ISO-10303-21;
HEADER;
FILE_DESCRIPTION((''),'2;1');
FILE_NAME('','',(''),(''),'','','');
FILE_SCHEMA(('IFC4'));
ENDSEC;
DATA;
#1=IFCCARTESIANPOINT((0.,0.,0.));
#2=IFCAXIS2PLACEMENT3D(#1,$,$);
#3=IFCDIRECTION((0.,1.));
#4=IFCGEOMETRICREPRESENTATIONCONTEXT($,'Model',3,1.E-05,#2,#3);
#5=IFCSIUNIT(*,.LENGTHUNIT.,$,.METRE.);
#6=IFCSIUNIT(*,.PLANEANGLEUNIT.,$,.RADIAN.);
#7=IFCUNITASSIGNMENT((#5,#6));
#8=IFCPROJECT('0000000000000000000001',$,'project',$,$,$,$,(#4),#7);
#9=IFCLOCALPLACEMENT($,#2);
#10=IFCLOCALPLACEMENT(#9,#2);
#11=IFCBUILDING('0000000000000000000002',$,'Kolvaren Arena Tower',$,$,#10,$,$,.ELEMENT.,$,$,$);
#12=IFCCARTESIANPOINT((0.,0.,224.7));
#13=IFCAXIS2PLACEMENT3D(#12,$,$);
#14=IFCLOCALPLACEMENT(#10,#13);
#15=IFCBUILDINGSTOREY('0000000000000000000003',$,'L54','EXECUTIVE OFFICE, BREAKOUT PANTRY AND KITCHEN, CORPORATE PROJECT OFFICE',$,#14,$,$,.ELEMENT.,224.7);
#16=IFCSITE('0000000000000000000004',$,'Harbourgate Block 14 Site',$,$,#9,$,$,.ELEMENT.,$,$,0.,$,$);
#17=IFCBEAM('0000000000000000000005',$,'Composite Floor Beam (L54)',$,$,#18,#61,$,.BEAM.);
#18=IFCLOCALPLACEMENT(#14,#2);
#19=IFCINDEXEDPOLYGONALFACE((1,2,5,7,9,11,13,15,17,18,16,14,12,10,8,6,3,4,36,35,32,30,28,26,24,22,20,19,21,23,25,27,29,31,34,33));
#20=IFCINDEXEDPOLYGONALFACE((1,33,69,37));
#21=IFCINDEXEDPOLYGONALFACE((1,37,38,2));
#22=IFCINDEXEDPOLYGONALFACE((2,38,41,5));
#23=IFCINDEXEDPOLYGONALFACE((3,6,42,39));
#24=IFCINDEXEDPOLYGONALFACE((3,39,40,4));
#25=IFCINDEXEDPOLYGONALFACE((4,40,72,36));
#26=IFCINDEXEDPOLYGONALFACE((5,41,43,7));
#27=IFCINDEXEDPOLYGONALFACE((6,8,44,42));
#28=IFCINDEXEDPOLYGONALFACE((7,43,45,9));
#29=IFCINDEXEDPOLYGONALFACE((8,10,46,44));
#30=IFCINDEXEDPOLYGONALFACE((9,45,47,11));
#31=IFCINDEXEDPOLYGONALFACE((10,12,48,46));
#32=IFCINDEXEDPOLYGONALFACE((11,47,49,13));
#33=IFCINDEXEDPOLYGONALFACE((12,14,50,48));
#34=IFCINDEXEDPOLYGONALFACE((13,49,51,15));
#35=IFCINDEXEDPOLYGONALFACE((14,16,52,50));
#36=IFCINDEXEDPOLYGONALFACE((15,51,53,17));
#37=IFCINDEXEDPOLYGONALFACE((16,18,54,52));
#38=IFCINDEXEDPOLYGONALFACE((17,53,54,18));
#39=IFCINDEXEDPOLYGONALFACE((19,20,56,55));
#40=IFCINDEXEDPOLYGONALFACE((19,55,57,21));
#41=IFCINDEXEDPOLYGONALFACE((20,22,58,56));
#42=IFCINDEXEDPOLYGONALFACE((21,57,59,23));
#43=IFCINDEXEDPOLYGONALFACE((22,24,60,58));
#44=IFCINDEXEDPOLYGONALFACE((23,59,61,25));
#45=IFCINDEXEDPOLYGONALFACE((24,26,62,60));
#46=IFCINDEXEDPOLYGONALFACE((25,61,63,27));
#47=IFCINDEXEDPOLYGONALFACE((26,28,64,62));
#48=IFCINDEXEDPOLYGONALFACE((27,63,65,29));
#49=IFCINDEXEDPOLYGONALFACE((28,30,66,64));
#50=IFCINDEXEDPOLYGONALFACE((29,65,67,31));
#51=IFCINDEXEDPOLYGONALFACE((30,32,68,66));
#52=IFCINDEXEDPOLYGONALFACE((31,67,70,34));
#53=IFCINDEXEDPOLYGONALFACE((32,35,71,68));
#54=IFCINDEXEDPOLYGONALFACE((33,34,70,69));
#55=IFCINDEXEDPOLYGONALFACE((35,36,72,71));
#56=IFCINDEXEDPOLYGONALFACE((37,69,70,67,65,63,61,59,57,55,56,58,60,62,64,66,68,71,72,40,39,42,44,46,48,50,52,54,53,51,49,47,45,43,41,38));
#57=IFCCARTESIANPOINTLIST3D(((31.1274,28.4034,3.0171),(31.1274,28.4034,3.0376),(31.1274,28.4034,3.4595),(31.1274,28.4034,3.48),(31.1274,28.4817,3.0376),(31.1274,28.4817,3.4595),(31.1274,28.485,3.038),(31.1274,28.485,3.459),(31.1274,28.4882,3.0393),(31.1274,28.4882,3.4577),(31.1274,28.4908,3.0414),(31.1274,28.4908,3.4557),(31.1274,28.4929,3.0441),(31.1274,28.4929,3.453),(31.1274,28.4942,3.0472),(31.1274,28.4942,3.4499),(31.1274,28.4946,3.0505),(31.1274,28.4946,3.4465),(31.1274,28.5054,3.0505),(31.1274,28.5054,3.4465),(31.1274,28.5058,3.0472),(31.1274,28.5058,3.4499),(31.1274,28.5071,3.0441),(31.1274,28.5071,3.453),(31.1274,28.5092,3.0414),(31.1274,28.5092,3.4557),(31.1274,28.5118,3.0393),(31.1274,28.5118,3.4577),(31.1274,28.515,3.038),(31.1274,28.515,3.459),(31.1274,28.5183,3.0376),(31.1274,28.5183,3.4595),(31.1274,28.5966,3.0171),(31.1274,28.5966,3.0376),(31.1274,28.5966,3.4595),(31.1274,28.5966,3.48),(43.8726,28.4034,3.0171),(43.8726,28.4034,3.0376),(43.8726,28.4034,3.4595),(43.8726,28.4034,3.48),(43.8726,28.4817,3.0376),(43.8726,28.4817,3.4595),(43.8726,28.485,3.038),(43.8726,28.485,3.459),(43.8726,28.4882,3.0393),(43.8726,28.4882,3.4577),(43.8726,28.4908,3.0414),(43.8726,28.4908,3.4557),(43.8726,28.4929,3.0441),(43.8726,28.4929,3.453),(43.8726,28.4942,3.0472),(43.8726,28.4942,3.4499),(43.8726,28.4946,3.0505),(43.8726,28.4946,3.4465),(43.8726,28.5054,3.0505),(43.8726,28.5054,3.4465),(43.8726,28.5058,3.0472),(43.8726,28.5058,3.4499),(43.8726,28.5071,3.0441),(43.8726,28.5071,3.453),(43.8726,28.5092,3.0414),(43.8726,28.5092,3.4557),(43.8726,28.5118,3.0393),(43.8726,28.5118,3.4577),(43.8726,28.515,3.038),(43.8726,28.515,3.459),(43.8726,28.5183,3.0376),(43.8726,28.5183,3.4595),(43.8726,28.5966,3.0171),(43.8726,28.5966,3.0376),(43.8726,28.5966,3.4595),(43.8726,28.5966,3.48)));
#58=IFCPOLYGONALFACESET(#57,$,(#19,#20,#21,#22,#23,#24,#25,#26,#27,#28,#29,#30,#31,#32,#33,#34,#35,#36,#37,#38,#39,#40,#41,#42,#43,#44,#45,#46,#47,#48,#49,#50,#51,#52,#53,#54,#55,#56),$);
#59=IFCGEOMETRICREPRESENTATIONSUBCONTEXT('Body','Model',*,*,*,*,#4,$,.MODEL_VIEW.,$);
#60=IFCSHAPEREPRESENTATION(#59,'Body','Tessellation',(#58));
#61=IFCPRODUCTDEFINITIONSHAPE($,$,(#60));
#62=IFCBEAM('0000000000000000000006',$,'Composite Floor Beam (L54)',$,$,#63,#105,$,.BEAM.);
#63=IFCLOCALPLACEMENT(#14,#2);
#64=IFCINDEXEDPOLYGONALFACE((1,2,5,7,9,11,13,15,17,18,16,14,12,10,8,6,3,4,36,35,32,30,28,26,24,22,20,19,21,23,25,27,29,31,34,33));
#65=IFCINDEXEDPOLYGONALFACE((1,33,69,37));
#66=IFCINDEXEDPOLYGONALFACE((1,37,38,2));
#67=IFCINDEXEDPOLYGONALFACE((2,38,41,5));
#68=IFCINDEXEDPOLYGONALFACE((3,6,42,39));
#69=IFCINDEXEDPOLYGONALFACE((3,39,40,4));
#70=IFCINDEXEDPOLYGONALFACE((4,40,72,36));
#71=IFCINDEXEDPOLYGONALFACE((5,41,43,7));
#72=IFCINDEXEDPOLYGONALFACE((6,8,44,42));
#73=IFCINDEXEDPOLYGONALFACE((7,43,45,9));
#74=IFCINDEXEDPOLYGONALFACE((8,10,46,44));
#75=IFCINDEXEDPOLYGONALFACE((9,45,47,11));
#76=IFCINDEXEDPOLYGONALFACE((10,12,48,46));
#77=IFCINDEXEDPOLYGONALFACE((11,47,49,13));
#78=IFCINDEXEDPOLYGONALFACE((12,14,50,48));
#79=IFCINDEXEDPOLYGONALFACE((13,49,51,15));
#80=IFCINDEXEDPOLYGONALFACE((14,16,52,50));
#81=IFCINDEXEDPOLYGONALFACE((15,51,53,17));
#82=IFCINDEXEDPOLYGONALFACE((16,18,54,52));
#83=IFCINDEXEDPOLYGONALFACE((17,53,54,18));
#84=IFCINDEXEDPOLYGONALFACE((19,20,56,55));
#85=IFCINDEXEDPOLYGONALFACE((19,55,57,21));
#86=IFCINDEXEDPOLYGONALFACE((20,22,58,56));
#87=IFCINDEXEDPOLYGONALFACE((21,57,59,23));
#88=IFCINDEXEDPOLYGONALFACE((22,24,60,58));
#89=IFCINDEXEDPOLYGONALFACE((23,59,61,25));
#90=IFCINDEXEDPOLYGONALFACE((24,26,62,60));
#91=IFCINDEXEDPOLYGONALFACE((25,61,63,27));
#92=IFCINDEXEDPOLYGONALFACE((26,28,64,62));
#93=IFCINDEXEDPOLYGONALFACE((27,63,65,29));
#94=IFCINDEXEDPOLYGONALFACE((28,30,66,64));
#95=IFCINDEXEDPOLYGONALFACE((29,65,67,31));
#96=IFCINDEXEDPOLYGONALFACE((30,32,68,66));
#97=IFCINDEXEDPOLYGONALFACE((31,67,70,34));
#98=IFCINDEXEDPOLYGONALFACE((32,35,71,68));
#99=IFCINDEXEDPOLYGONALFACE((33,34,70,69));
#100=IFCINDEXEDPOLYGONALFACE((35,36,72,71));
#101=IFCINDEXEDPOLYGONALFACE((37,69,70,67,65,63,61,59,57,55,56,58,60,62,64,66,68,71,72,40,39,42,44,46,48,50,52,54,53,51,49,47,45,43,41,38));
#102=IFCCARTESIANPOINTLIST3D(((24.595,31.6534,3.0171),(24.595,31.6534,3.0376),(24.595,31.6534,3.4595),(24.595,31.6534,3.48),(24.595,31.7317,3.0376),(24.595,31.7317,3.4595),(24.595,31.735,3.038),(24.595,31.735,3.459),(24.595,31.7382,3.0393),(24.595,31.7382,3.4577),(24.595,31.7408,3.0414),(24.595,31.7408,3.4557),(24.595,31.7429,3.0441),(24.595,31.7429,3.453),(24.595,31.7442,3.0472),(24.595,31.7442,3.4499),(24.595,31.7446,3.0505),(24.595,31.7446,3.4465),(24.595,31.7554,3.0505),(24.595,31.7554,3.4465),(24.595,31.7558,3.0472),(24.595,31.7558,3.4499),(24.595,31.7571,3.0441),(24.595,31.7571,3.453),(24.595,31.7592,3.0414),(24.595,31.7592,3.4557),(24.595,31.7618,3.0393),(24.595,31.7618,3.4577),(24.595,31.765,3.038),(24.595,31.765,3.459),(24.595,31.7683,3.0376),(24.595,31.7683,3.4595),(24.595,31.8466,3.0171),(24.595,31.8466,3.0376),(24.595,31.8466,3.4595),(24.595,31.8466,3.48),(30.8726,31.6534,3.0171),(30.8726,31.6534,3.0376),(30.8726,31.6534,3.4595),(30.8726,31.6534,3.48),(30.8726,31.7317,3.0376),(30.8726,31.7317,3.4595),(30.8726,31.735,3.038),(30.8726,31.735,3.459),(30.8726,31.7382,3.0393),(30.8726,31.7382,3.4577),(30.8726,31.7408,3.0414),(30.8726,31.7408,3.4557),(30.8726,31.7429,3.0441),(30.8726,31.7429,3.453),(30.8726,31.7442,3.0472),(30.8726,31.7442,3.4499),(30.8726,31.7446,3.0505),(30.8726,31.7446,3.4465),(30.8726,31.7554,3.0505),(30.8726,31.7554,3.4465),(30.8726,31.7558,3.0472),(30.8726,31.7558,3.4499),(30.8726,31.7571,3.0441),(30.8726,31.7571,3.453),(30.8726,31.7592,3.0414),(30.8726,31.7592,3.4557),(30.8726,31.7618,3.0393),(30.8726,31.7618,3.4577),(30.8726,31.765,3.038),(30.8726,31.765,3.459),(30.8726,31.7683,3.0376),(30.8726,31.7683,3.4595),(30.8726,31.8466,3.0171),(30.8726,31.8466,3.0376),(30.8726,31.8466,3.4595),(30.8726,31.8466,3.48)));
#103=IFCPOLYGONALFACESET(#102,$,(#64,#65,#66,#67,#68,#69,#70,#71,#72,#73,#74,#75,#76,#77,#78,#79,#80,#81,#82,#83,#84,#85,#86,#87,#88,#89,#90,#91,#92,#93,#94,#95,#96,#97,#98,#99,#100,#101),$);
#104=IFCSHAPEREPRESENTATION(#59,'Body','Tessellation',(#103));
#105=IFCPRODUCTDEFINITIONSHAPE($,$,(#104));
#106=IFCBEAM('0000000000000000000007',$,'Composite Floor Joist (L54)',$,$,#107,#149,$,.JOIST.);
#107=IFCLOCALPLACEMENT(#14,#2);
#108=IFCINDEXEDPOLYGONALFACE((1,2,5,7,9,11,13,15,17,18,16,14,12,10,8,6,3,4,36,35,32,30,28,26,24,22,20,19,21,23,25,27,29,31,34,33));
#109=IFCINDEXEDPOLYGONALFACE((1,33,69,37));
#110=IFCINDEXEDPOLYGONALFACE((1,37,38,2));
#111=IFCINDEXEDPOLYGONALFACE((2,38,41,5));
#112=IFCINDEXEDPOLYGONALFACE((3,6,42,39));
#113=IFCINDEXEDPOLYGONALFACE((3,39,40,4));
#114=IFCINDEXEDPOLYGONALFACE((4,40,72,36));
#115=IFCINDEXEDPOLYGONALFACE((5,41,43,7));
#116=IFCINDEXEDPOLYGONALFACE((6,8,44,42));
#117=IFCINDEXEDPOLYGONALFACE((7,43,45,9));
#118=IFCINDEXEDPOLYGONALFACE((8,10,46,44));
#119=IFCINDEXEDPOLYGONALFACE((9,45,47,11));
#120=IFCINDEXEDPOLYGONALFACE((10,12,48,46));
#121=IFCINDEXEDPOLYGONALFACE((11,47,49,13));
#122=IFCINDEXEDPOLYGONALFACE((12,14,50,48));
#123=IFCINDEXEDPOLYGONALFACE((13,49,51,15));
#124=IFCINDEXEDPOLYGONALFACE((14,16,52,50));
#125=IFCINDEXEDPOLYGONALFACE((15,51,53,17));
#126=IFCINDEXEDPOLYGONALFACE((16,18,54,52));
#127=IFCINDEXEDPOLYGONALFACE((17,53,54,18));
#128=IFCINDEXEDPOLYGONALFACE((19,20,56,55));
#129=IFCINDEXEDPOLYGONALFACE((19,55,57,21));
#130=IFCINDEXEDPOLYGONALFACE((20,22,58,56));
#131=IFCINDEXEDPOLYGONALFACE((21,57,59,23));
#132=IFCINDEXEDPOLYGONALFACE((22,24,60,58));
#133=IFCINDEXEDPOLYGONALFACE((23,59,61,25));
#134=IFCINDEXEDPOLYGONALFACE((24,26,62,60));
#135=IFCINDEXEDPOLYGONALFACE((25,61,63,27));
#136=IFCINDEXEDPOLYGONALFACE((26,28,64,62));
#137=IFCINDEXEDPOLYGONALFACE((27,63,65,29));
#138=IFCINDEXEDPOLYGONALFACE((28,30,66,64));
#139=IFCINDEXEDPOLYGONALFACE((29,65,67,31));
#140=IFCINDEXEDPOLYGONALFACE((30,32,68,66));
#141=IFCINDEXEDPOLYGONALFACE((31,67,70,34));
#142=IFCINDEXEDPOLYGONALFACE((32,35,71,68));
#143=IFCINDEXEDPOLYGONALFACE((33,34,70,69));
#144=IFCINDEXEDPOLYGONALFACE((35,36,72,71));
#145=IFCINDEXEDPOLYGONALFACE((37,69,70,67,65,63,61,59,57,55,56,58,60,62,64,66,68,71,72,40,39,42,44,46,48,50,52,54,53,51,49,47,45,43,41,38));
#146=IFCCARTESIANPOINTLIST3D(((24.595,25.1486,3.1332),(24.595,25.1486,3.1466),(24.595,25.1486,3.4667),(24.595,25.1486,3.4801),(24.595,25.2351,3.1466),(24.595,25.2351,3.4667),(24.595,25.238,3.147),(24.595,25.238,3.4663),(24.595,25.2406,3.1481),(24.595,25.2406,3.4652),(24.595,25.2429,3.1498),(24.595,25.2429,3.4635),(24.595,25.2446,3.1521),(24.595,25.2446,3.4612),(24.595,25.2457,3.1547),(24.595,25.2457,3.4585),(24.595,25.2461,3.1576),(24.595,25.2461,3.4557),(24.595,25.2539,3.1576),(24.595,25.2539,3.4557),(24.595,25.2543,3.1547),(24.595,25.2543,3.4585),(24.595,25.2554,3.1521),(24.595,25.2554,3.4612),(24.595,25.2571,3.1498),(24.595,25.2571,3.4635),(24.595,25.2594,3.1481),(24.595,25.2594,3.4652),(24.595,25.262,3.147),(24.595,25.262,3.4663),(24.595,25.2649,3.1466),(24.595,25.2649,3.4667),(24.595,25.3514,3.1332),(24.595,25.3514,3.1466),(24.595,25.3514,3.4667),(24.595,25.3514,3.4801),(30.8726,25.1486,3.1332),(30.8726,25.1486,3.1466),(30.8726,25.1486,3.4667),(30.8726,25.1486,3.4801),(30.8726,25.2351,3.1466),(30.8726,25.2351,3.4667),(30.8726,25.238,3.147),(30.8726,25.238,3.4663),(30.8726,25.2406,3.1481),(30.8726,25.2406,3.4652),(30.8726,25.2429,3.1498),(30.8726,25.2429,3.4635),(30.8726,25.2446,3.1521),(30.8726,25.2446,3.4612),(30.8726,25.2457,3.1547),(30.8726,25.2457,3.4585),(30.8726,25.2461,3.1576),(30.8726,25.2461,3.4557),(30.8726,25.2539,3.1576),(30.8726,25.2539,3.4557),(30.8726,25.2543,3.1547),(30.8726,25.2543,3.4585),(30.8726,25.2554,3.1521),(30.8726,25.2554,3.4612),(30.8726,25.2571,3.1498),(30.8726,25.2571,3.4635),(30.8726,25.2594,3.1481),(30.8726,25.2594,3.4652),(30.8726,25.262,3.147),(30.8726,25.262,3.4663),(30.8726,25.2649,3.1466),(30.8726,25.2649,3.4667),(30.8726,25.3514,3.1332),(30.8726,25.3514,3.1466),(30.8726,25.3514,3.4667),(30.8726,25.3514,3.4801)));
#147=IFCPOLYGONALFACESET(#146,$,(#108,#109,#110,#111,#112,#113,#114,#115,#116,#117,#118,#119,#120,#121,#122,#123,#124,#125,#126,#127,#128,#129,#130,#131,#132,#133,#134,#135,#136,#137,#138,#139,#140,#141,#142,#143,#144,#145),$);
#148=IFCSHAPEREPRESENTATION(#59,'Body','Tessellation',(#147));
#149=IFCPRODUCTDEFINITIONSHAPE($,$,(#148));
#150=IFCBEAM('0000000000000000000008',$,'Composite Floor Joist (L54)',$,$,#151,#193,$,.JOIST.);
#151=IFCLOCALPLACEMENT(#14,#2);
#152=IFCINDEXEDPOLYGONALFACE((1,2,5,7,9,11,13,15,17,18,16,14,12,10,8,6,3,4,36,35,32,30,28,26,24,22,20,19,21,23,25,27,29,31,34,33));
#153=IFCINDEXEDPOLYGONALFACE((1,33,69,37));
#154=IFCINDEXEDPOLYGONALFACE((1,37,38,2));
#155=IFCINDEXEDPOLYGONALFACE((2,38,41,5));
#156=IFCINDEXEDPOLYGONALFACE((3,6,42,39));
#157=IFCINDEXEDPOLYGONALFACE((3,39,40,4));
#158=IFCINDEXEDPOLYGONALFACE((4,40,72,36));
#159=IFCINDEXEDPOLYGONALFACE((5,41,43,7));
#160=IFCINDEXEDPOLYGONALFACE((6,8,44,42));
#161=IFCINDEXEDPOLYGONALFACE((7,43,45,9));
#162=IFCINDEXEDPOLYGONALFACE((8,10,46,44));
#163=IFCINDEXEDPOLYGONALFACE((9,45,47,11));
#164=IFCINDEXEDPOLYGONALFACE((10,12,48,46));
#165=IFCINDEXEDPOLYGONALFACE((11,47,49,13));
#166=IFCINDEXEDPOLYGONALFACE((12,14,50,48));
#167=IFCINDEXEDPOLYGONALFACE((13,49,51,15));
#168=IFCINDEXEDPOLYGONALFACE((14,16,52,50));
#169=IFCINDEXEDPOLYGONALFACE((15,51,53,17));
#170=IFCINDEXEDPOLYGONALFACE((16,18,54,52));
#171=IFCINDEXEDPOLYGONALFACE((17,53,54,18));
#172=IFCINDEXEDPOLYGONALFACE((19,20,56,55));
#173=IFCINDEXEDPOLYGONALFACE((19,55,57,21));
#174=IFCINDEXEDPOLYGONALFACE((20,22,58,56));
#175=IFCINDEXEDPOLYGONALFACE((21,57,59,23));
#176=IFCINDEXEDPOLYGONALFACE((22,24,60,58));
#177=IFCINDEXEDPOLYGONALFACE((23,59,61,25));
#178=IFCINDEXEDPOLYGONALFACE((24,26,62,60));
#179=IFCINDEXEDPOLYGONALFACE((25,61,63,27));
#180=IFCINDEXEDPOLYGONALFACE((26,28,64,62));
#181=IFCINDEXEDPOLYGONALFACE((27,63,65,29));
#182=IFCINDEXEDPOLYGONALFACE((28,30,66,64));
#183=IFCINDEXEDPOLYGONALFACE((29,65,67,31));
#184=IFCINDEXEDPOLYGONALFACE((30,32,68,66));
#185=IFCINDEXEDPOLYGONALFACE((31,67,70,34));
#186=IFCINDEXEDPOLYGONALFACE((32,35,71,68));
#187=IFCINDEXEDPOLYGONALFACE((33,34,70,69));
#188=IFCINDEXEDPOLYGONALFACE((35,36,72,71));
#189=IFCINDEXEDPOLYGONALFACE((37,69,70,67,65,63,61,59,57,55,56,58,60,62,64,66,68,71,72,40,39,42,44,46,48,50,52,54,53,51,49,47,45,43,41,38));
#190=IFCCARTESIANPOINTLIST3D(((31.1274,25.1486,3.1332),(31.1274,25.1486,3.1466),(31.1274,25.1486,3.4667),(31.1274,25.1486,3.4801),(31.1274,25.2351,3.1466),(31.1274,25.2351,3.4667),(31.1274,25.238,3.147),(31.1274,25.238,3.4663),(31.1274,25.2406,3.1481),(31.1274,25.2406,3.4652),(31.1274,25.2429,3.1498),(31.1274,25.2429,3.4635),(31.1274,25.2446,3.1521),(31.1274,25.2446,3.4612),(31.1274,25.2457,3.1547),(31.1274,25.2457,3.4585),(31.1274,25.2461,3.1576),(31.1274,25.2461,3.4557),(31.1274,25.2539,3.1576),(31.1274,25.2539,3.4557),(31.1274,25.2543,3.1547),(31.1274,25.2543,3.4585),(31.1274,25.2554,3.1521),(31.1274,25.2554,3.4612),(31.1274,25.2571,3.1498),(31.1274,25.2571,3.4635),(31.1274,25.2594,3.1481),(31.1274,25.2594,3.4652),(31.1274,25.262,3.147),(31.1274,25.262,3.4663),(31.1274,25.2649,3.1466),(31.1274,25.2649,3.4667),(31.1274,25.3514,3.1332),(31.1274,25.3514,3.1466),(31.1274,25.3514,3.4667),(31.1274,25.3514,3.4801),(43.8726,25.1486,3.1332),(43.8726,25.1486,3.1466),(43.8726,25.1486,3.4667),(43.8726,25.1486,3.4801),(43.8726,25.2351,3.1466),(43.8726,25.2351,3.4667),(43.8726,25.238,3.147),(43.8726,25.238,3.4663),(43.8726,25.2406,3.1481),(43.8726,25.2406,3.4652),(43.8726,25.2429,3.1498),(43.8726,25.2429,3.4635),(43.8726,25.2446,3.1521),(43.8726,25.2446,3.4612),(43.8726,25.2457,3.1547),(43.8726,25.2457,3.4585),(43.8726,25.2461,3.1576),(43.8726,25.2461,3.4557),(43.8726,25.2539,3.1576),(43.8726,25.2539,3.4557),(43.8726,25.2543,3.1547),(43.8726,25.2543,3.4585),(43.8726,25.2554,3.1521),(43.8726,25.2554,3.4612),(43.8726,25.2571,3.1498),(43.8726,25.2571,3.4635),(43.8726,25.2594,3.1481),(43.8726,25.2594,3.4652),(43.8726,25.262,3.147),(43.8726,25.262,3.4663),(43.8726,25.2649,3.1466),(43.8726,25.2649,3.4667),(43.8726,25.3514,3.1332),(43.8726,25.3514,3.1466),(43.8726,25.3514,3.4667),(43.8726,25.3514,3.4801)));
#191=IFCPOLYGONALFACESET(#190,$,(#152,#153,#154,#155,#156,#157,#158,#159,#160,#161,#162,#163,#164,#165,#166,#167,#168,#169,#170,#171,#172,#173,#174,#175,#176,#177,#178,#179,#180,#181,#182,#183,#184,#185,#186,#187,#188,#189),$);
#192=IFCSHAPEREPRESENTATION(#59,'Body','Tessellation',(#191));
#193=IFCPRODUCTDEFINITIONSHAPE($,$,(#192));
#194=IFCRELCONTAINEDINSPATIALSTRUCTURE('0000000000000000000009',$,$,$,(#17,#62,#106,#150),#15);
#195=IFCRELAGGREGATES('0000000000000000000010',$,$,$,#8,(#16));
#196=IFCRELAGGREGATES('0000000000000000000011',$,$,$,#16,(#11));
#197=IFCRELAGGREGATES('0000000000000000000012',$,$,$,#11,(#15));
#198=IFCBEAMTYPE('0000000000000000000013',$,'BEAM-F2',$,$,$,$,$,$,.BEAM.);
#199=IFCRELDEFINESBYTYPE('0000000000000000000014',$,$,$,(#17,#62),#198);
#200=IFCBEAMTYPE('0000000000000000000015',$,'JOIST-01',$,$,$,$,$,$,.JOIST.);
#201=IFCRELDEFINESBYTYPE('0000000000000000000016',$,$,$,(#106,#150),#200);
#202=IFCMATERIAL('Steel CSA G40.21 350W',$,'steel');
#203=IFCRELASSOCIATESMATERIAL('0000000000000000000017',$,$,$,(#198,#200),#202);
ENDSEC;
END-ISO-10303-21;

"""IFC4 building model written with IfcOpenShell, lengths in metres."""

from ifc_helpers import new_model, si_unit, direction, frame, origin, origin_2d, place, context, subcontext, project, spatial, i_section, extrude, material, material_profile, profile_set, type_object, element, save


model = new_model("IFC4")

# Units and contexts
model_context = context("Model", 3, precision=1e-05, world=origin(), true_north=direction((0.0, 1.0)))
body_context = subcontext(model_context, "Body", "Model", "MODEL_VIEW")
ifc_project = project(units=[si_unit("LENGTHUNIT", "METRE"), si_unit("PLANEANGLEUNIT", "RADIAN")], contexts=[model_context])

# Site, building, storey
site_placement = place(None, origin())
site = spatial("IfcSite", under=ifc_project, at=site_placement, Name="Harbourgate Block 14 Site", CompositionType="ELEMENT", RefElevation=0.0)
building_placement = place(site_placement, origin())
building = spatial("IfcBuilding", under=site, at=building_placement, Name="Kolvaren Arena Tower", CompositionType="ELEMENT")
storey_placement = place(building_placement, frame((0.0, 0.0, 224.7)))
storey = spatial("IfcBuildingStorey", under=building, at=storey_placement, Name="L54", Description="EXECUTIVE OFFICE, BREAKOUT PANTRY AND KITCHEN, CORPORATE PROJECT OFFICE", CompositionType="ELEMENT", Elevation=224.7)

# Beams
ifc_material_1 = material(Name="Steel CSA G40.21 350W", Category="steel")
ifc_material_profile_1 = material_profile(ifc_material_1, i_section(OverallWidth=0.1931, OverallDepth=0.4629, WebThickness=0.0107, FlangeThickness=0.0205, FilletRadius=0.0129, at=origin_2d()), Name="W460x113")
ifc_profile_set_1 = profile_set([ifc_material_profile_1], Name="Steel CSA G40.21 350W")
beam_type_1 = type_object("IfcBeamType", Name="BEAM-F2", PredefinedType="BEAM", material=ifc_profile_set_1)
beam_1_placement = place(storey_placement, frame((31.1274, 28.5, 3.2485), z_axis=(1.0, 0.0, 0.0), x_axis=(0.0, 1.0, 0.0)))
element("IfcBeam", 1, at=beam_1_placement, inside=storey, type_object=beam_type_1, Name="Composite Floor Beam (L54)", PredefinedType="BEAM", context=body_context, shape_type="SweptSolid", body=[
    extrude(i_section(OverallWidth=0.1931, OverallDepth=0.4629, WebThickness=0.0107, FlangeThickness=0.0205, FilletRadius=0.0129, at=origin_2d()), origin(), (0.0, 0.0, 1.0), 12.7451),
])
beam_2_placement = place(storey_placement, frame((24.595, 31.75, 3.2485), z_axis=(1.0, 0.0, 0.0), x_axis=(0.0, 1.0, 0.0)))
element("IfcBeam", 2, at=beam_2_placement, inside=storey, type_object=beam_type_1, Name="Composite Floor Beam (L54)", PredefinedType="BEAM", context=body_context, shape_type="SweptSolid", body=[
    extrude(i_section(OverallWidth=0.1931, OverallDepth=0.4629, WebThickness=0.0107, FlangeThickness=0.0205, FilletRadius=0.0129, at=origin_2d()), origin(), (0.0, 0.0, 1.0), 6.2776),
])
ifc_material_profile_2 = material_profile(ifc_material_1, i_section(OverallWidth=0.2029, OverallDepth=0.3469, WebThickness=0.0078, FlangeThickness=0.0134, FilletRadius=0.011, at=origin_2d()), Name="W360x64")
ifc_profile_set_2 = profile_set([ifc_material_profile_2], Name="Steel CSA G40.21 350W")
beam_type_2 = type_object("IfcBeamType", Name="JOIST-01", PredefinedType="JOIST", material=ifc_profile_set_2)
beam_3_placement = place(storey_placement, frame((24.595, 25.25, 3.3066), z_axis=(1.0, 0.0, 0.0), x_axis=(0.0, 1.0, 0.0)))
element("IfcBeam", 3, at=beam_3_placement, inside=storey, type_object=beam_type_2, Name="Composite Floor Joist (L54)", PredefinedType="JOIST", context=body_context, shape_type="SweptSolid", body=[
    extrude(i_section(OverallWidth=0.2029, OverallDepth=0.3469, WebThickness=0.0078, FlangeThickness=0.0134, FilletRadius=0.011, at=origin_2d()), origin(), (0.0, 0.0, 1.0), 6.2776),
])
beam_4_placement = place(storey_placement, frame((31.1274, 25.25, 3.3066), z_axis=(1.0, 0.0, 0.0), x_axis=(0.0, 1.0, 0.0)))
element("IfcBeam", 4, at=beam_4_placement, inside=storey, type_object=beam_type_2, Name="Composite Floor Joist (L54)", PredefinedType="JOIST", context=body_context, shape_type="SweptSolid", body=[
    extrude(i_section(OverallWidth=0.2029, OverallDepth=0.3469, WebThickness=0.0078, FlangeThickness=0.0134, FilletRadius=0.011, at=origin_2d()), origin(), (0.0, 0.0, 1.0), 12.7451),
])

save(model, "model.ifc")
